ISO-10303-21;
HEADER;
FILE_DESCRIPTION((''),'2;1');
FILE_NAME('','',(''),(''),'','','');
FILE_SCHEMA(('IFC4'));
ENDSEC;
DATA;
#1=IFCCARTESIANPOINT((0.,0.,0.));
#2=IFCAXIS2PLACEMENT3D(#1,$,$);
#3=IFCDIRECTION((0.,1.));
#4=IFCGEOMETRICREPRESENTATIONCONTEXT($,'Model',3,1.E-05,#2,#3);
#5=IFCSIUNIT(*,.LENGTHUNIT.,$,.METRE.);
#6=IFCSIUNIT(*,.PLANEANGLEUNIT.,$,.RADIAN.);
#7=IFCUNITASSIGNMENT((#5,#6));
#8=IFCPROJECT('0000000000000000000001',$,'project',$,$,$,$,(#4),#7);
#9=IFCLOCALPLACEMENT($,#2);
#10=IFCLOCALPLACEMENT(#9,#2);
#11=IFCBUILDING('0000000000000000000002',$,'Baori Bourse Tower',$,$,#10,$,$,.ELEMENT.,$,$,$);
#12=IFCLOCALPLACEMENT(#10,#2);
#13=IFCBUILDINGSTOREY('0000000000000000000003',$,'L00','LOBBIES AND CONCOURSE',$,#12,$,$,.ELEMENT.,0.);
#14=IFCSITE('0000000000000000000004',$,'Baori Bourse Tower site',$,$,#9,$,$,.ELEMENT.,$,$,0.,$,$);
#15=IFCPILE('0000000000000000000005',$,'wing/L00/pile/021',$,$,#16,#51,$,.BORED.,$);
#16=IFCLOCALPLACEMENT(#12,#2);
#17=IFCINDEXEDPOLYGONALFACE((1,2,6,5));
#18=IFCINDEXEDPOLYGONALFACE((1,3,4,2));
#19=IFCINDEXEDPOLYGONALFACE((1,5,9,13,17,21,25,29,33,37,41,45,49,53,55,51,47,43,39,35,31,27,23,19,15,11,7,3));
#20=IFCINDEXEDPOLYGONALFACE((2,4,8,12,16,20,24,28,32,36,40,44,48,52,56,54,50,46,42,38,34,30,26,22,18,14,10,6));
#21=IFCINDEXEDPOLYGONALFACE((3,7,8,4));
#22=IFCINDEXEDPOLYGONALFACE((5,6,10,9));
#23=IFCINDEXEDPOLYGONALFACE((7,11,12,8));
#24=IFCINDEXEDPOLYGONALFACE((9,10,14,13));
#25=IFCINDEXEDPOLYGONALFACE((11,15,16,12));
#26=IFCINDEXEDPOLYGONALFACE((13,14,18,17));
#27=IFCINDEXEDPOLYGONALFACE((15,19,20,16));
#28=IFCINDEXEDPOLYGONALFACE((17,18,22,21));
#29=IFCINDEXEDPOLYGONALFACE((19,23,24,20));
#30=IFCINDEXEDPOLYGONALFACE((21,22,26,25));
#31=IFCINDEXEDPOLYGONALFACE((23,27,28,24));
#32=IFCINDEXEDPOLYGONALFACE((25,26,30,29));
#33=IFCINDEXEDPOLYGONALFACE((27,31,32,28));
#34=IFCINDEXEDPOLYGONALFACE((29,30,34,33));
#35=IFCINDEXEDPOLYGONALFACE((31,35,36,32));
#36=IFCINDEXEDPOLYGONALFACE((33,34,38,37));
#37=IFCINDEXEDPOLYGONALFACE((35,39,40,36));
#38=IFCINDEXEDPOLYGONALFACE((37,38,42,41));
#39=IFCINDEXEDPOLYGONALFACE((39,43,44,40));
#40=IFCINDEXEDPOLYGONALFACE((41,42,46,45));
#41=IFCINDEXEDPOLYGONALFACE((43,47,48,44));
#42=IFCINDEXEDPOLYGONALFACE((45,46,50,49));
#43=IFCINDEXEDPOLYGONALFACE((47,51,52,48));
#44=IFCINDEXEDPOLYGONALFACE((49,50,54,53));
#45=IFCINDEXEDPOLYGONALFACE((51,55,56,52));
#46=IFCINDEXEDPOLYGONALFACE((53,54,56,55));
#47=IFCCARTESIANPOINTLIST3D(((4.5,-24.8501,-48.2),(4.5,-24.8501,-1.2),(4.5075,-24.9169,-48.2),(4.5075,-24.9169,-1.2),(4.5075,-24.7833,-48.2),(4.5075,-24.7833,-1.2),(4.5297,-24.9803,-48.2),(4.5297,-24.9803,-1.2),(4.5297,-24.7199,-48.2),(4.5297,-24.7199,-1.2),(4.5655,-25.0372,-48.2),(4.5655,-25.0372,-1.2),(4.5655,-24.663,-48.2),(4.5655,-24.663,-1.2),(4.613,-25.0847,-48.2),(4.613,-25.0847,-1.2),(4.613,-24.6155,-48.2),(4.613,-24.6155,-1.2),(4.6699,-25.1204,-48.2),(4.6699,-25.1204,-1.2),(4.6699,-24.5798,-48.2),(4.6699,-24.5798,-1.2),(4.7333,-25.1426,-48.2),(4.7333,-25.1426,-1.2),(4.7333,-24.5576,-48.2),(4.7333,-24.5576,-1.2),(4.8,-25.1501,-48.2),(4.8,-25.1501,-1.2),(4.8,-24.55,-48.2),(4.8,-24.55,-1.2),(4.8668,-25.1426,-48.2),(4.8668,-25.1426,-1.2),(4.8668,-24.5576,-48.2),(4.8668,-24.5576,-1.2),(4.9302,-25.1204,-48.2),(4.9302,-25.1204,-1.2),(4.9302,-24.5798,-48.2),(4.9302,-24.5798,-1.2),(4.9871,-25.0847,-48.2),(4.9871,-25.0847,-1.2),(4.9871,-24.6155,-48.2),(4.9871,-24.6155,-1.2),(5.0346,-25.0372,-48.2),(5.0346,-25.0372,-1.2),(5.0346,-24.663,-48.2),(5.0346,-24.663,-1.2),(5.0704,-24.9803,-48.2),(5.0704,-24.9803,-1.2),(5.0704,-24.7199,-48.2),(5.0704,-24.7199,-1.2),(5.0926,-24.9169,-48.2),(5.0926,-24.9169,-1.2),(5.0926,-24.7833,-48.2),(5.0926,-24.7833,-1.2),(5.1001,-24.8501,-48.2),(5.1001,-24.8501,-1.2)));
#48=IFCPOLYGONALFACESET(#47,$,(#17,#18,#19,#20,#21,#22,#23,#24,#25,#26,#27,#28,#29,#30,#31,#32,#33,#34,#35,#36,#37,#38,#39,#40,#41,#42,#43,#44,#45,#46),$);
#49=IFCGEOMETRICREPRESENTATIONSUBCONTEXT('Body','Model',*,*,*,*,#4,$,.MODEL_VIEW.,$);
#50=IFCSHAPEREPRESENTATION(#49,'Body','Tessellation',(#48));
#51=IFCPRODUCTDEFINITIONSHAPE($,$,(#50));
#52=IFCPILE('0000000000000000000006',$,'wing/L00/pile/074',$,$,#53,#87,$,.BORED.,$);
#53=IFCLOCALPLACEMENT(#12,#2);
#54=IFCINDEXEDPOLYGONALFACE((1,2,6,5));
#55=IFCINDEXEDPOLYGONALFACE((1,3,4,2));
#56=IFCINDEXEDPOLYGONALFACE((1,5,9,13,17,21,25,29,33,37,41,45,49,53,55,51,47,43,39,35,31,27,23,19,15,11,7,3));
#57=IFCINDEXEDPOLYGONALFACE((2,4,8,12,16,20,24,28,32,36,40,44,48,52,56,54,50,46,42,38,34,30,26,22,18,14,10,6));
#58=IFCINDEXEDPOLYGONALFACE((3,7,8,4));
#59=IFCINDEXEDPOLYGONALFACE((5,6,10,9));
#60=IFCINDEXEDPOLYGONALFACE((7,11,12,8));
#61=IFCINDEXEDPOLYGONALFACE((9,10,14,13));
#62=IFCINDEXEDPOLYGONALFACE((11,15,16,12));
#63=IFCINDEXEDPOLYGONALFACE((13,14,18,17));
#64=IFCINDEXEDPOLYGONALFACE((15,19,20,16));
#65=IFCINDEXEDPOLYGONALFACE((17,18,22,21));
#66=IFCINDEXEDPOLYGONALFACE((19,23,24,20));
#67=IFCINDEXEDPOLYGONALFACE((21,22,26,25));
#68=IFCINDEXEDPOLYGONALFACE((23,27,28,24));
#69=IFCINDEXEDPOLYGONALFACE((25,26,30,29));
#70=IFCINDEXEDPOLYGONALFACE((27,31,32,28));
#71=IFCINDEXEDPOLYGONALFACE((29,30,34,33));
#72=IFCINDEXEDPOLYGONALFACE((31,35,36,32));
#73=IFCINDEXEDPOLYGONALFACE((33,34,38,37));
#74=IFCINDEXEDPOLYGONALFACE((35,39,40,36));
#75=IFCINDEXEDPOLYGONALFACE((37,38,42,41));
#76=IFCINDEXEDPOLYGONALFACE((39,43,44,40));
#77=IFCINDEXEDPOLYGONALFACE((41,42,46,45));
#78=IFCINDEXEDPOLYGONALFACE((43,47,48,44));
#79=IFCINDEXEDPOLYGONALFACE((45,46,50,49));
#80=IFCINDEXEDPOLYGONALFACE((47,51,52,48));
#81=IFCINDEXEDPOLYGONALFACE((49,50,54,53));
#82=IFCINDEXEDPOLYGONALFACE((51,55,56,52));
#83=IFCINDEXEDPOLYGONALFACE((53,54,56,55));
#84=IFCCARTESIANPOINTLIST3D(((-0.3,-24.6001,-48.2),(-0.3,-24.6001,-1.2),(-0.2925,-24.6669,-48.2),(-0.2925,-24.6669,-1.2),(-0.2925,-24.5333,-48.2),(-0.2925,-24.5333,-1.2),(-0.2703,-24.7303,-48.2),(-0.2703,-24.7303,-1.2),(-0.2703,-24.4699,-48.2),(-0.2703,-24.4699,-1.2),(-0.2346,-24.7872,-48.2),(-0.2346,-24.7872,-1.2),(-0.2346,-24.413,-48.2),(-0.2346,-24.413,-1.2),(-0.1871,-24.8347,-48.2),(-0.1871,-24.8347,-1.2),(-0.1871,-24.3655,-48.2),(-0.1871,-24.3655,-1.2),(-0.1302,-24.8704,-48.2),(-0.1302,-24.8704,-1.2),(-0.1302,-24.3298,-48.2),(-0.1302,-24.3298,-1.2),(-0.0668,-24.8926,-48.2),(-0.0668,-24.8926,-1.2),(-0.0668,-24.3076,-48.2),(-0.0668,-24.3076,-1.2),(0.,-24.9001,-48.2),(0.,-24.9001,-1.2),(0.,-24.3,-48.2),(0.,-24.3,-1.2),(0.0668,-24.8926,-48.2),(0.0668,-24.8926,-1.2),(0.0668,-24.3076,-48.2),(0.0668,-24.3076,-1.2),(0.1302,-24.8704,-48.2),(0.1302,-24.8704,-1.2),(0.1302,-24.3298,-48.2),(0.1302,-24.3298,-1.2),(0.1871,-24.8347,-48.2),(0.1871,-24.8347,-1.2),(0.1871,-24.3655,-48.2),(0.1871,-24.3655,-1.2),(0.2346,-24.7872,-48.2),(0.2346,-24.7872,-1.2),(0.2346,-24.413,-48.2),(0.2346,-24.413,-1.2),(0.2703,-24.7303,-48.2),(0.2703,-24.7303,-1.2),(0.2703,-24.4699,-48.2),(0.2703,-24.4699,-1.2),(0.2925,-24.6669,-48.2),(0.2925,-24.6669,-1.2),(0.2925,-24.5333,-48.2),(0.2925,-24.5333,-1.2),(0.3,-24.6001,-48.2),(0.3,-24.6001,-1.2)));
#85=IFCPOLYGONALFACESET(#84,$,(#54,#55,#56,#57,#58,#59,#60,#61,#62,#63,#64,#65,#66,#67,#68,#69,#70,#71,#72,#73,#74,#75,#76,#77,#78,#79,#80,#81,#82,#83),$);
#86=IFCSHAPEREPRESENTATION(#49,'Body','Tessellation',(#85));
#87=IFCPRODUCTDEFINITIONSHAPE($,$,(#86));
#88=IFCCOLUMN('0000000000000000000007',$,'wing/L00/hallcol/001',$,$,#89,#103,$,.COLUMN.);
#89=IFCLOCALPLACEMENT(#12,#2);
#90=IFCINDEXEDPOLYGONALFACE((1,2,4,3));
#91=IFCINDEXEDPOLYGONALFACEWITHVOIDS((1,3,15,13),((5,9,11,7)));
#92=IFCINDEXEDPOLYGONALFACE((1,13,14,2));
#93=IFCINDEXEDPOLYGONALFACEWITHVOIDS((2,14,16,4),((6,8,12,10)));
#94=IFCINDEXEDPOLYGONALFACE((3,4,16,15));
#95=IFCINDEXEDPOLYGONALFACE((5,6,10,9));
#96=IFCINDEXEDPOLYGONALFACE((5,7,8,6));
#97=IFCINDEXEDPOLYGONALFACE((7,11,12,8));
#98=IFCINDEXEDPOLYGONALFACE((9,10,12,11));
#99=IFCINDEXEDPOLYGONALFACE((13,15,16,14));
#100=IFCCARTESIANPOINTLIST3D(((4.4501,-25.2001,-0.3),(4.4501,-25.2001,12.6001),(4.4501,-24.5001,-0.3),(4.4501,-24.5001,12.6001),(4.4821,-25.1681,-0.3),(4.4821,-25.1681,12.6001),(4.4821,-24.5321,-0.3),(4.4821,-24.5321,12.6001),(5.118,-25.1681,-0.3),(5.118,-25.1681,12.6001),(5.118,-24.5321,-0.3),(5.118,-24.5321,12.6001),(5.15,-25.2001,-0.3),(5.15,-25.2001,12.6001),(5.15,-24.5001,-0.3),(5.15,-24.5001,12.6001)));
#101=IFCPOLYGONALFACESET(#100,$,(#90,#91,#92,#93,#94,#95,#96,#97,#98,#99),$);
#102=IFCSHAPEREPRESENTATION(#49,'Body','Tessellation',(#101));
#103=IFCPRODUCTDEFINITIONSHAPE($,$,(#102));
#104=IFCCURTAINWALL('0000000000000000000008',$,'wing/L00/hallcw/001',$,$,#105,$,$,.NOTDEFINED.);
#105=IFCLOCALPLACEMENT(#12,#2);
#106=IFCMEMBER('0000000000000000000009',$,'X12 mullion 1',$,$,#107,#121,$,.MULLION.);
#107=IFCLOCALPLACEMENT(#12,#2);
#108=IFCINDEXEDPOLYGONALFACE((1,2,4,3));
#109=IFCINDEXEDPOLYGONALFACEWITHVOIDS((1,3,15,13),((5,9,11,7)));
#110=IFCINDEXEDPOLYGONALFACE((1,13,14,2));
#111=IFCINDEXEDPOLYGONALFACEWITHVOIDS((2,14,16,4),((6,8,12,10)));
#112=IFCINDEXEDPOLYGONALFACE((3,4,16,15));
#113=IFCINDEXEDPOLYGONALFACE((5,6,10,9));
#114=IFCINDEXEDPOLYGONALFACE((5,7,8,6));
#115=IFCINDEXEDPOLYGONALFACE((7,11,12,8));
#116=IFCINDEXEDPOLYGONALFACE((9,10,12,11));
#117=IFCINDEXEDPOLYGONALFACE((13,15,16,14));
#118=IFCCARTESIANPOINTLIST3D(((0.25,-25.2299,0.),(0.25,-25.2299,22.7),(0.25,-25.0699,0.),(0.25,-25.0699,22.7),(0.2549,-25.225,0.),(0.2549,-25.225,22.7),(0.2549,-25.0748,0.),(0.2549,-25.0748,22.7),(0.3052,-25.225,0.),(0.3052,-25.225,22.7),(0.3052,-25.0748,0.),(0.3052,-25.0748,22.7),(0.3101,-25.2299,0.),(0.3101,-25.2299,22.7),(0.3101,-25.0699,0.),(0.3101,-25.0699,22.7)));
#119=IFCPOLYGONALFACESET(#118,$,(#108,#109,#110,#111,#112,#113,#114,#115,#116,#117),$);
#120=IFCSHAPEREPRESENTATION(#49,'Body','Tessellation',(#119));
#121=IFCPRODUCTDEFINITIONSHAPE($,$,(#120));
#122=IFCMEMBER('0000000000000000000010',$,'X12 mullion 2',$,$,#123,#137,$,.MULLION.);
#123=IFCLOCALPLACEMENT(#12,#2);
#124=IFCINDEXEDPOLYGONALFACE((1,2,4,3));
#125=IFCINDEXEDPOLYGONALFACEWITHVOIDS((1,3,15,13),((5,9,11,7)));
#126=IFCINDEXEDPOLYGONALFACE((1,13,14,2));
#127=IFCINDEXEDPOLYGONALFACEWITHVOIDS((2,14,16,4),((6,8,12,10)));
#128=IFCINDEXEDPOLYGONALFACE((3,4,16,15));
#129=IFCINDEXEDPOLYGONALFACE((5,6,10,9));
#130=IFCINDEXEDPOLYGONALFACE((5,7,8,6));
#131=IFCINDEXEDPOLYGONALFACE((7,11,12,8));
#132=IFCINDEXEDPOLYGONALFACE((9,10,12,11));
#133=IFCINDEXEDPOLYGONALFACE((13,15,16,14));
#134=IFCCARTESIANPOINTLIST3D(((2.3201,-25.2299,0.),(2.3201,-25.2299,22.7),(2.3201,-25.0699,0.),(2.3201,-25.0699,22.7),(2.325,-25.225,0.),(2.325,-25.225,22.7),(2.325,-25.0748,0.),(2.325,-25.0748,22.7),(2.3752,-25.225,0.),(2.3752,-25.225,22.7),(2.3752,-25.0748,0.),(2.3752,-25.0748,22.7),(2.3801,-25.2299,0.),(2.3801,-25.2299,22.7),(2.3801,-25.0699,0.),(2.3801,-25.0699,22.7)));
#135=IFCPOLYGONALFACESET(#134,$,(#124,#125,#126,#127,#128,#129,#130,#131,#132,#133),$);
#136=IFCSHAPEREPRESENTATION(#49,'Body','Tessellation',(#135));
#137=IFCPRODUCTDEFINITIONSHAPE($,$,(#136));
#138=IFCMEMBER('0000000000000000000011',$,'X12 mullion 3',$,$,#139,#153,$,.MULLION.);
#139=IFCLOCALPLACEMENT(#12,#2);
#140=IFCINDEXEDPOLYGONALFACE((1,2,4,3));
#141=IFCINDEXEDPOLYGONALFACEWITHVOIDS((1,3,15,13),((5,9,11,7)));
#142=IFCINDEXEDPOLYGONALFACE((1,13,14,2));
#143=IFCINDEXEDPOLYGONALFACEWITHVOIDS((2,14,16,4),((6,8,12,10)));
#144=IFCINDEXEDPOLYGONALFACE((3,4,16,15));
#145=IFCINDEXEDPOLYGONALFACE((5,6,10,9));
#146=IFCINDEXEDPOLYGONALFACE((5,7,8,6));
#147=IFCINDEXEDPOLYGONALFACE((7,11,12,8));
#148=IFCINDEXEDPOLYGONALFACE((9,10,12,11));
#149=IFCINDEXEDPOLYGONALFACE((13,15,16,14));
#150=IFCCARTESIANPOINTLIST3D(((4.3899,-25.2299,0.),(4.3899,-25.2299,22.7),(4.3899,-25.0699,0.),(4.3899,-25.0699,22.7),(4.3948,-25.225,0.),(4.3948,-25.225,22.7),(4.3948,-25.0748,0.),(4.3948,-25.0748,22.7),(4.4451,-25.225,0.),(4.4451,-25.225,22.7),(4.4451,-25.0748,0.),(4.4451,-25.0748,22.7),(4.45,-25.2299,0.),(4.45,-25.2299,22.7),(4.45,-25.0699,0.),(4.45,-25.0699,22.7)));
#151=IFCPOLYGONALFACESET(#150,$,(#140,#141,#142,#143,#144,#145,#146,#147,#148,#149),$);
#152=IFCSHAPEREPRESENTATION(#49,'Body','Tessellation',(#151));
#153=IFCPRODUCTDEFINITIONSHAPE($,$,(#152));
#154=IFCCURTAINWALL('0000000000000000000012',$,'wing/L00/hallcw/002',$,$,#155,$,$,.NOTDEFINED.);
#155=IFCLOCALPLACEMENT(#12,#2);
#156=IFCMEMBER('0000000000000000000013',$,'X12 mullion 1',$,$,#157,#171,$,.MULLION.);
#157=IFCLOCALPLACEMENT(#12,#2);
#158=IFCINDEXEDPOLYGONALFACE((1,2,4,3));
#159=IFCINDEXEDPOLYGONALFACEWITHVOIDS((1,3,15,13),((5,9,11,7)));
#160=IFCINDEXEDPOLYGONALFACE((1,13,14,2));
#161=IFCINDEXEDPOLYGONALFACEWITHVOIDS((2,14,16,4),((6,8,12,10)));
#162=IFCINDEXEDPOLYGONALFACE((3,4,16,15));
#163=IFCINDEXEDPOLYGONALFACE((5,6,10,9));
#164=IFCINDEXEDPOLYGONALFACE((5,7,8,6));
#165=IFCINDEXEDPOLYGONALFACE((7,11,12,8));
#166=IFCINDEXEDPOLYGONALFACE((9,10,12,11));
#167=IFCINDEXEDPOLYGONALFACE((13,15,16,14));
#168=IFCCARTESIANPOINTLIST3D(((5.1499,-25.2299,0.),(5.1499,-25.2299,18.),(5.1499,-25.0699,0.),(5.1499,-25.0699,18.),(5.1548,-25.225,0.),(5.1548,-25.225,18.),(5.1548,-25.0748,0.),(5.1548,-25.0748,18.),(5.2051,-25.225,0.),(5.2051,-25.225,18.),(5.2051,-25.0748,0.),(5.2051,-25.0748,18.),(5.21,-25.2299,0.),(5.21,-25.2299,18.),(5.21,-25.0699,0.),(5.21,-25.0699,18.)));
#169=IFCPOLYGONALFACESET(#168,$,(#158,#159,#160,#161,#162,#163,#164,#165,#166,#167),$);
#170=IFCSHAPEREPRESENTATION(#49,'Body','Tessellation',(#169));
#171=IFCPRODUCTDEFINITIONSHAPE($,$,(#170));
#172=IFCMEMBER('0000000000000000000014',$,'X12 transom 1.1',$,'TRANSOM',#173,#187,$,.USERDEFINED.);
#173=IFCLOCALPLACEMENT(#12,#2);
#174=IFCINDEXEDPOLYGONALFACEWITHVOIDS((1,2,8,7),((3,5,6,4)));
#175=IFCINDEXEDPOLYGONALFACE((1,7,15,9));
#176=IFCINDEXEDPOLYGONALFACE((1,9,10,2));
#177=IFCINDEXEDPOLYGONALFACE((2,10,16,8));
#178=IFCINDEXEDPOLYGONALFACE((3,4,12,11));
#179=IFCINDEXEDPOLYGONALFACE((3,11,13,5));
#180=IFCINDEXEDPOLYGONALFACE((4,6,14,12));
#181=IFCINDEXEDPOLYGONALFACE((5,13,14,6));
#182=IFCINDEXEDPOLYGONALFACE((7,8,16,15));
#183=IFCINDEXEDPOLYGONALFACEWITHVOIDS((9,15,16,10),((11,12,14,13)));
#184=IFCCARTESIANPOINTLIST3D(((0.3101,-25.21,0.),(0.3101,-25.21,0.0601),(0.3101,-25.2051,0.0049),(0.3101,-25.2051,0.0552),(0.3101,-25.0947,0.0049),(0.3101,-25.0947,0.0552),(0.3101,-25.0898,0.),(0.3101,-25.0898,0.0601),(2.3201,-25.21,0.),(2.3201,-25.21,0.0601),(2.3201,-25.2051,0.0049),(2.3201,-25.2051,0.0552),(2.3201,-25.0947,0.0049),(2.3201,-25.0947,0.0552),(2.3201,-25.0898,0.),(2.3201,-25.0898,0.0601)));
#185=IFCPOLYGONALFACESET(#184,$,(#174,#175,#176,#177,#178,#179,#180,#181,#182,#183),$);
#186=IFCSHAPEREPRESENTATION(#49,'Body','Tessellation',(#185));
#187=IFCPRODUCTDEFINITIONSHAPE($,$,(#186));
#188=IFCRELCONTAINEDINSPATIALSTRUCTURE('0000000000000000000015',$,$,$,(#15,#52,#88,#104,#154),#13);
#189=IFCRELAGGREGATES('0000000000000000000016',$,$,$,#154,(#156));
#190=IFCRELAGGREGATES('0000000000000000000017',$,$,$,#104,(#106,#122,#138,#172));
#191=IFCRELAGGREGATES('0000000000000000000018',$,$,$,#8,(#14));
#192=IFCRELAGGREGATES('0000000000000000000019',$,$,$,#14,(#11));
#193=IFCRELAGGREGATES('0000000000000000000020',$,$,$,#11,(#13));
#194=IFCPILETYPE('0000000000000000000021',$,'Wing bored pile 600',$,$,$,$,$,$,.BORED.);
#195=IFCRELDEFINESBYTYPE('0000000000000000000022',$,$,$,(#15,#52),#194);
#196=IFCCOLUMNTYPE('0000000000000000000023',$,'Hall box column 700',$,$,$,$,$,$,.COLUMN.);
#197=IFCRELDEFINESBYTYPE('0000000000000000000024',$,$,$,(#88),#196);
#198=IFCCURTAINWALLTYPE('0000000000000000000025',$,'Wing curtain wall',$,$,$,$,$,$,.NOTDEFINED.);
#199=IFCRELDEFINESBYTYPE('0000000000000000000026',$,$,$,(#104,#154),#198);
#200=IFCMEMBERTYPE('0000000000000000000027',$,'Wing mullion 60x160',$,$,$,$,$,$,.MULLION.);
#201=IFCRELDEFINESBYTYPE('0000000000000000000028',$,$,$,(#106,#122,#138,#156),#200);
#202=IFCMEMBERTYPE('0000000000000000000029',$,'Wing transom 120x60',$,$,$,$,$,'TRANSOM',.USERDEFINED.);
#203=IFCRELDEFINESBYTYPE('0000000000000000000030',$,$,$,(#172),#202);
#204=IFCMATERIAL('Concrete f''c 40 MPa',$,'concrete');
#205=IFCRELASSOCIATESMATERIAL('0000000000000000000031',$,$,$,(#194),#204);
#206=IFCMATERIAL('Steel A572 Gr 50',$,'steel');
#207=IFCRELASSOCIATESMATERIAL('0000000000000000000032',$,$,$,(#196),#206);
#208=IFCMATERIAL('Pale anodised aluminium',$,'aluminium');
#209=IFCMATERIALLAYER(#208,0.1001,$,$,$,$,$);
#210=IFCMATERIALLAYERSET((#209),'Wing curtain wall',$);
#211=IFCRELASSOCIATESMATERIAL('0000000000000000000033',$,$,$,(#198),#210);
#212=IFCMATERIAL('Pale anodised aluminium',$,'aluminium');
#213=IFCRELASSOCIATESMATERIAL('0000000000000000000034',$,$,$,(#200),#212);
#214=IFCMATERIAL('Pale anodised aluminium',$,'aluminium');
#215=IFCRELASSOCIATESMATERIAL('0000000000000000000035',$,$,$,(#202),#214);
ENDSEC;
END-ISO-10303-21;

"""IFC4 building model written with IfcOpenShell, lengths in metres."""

from ifc_helpers import new_model, si_unit, direction, frame, origin, origin_2d, place, context, subcontext, project, spatial, hollow_rectangle, circle, extrude, material, layer, layer_set, material_profile, profile_set, type_object, element, aggregate, save


model = new_model("IFC4")

# Units and contexts
model_context = context("Model", 3, precision=1e-05, world=origin(), true_north=direction((0.0, 1.0)))
body_context = subcontext(model_context, "Body", "Model", "MODEL_VIEW")
ifc_project = project(units=[si_unit("LENGTHUNIT", "METRE"), si_unit("PLANEANGLEUNIT", "RADIAN")], contexts=[model_context])

# Site, building, storey
site_placement = place(None, origin())
site = spatial("IfcSite", under=ifc_project, at=site_placement, Name="Baori Bourse Tower site", CompositionType="ELEMENT", RefElevation=0.0)
building_placement = place(site_placement, origin())
building = spatial("IfcBuilding", under=site, at=building_placement, Name="Baori Bourse Tower", CompositionType="ELEMENT")
storey_placement = place(building_placement, origin())
storey = spatial("IfcBuildingStorey", under=building, at=storey_placement, Name="L00", Description="LOBBIES AND CONCOURSE", CompositionType="ELEMENT", Elevation=0.0)

# Piles
ifc_material_1 = material(Name="Concrete f'c 40 MPa", Category="concrete")
ifc_material_profile_1 = material_profile(ifc_material_1, circle(Radius=0.3, at=origin_2d()), Name="Wing bored pile 600")
ifc_profile_set_1 = profile_set([ifc_material_profile_1], Name="Concrete f'c 40 MPa")
pile_type = type_object("IfcPileType", Name="Wing bored pile 600", PredefinedType="BORED", material=ifc_profile_set_1)
for number, where, z_axis, x_axis, name in (
    (1, (4.8, -24.8501, -1.2), (0.0, 0.0, -1.0), (1.0, 0.0, 0.0), "wing/L00/pile/021"),
    (2, (0.0, -24.6001, -1.2), (0.0, 0.0, -1.0), (1.0, 0.0, 0.0), "wing/L00/pile/074"),
):
    element("IfcPile", number, at=place(storey_placement, frame(where, z_axis=z_axis, x_axis=x_axis)), inside=storey, type_object=pile_type, Name=name, PredefinedType="BORED", context=body_context, shape_type="SweptSolid", body=[
        extrude(circle(Radius=0.3, at=origin_2d()), origin(), (0.0, 0.0, 1.0), 47.0),
    ])

# Column
ifc_material_2 = material(Name="Steel A572 Gr 50", Category="steel")
ifc_material_profile_2 = material_profile(ifc_material_2, hollow_rectangle(XDim=0.7, YDim=0.7, WallThickness=0.032, at=origin_2d()), Name="BOX 700x700x32")
ifc_profile_set_2 = profile_set([ifc_material_profile_2], Name="Steel A572 Gr 50")
column_type = type_object("IfcColumnType", Name="Hall box column 700", PredefinedType="COLUMN", material=ifc_profile_set_2)
column_placement = place(storey_placement, frame((4.8, -24.8501, -0.3), z_axis=(0.0, 0.0, 1.0), x_axis=(1.0, 0.0, 0.0)))
element("IfcColumn", 3, at=column_placement, inside=storey, type_object=column_type, Name="wing/L00/hallcol/001", PredefinedType="COLUMN", context=body_context, shape_type="SweptSolid", body=[
    extrude(hollow_rectangle(XDim=0.7, YDim=0.7, WallThickness=0.032, at=origin_2d()), origin(), (0.0, 0.0, 1.0), 12.9001),
])

# Curtain wall, members
ifc_material_3 = material(Name="Pale anodised aluminium", Category="aluminium")
ifc_layer_1 = layer(ifc_material_3, 0.1001)
ifc_layer_set_1 = layer_set([ifc_layer_1], Name="Wing curtain wall")
curtain_wall_type = type_object("IfcCurtainWallType", Name="Wing curtain wall", PredefinedType="NOTDEFINED", material=ifc_layer_set_1)
curtain_wall_1_placement = place(storey_placement, origin())
curtain_wall_1 = element("IfcCurtainWall", 4, at=curtain_wall_1_placement, inside=storey, type_object=curtain_wall_type, Name="wing/L00/hallcw/001", PredefinedType="NOTDEFINED")
ifc_material_4 = material(Name="Pale anodised aluminium", Category="aluminium")
ifc_material_profile_3 = material_profile(ifc_material_4, hollow_rectangle(XDim=0.1599, YDim=0.0601, WallThickness=0.0049, at=origin_2d()), Name="Mullion 160x60x5")
ifc_profile_set_3 = profile_set([ifc_material_profile_3], Name="Pale anodised aluminium")
member_type_1 = type_object("IfcMemberType", Name="Wing mullion 60x160", PredefinedType="MULLION", material=ifc_profile_set_3)
member_1_placement = place(storey_placement, frame((0.28, -25.1499, 0.0), z_axis=(0.0, 0.0, 1.0), x_axis=(0.0, 1.0, 0.0)))
member_1 = element("IfcMember", 5, at=member_1_placement, type_object=member_type_1, Name="X12 mullion 1", PredefinedType="MULLION", context=body_context, shape_type="SweptSolid", body=[
    extrude(hollow_rectangle(XDim=0.1599, YDim=0.0601, WallThickness=0.0049, at=origin_2d()), origin(), (0.0, 0.0, 1.0), 22.7),
])
member_2_placement = place(storey_placement, frame((2.3501, -25.1499, 0.0), z_axis=(0.0, 0.0, 1.0), x_axis=(0.0, 1.0, 0.0)))
member_2 = element("IfcMember", 6, at=member_2_placement, type_object=member_type_1, Name="X12 mullion 2", PredefinedType="MULLION", context=body_context, shape_type="SweptSolid", body=[
    extrude(hollow_rectangle(XDim=0.1599, YDim=0.0601, WallThickness=0.0049, at=origin_2d()), origin(), (0.0, 0.0, 1.0), 22.7),
])
member_3_placement = place(storey_placement, frame((4.4199, -25.1499, 0.0), z_axis=(0.0, 0.0, 1.0), x_axis=(0.0, 1.0, 0.0)))
member_3 = element("IfcMember", 7, at=member_3_placement, type_object=member_type_1, Name="X12 mullion 3", PredefinedType="MULLION", context=body_context, shape_type="SweptSolid", body=[
    extrude(hollow_rectangle(XDim=0.1599, YDim=0.0601, WallThickness=0.0049, at=origin_2d()), origin(), (0.0, 0.0, 1.0), 22.7),
])

# Curtain wall, member
curtain_wall_2_placement = place(storey_placement, origin())
curtain_wall_2 = element("IfcCurtainWall", 8, at=curtain_wall_2_placement, inside=storey, type_object=curtain_wall_type, Name="wing/L00/hallcw/002", PredefinedType="NOTDEFINED")
member_4_placement = place(storey_placement, frame((5.1799, -25.1499, 0.0), z_axis=(0.0, 0.0, 1.0), x_axis=(0.0, 1.0, 0.0)))
member_4 = element("IfcMember", 9, at=member_4_placement, type_object=member_type_1, Name="X12 mullion 1", PredefinedType="MULLION", context=body_context, shape_type="SweptSolid", body=[
    extrude(hollow_rectangle(XDim=0.1599, YDim=0.0601, WallThickness=0.0049, at=origin_2d()), origin(), (0.0, 0.0, 1.0), 18.0),
])

# Member
ifc_material_5 = material(Name="Pale anodised aluminium", Category="aluminium")
ifc_material_profile_4 = material_profile(ifc_material_5, hollow_rectangle(XDim=0.1201, YDim=0.0601, WallThickness=0.0049, at=origin_2d()), Name="Transom 120x60x5")
ifc_profile_set_4 = profile_set([ifc_material_profile_4], Name="Pale anodised aluminium")
member_type_2 = type_object("IfcMemberType", Name="Wing transom 120x60", ElementType="TRANSOM", PredefinedType="USERDEFINED", material=ifc_profile_set_4)
member_5_placement = place(storey_placement, frame((0.3101, -25.1499, 0.03), z_axis=(1.0, 0.0, 0.0), x_axis=(0.0, 1.0, 0.0)))
member_5 = element("IfcMember", 10, at=member_5_placement, type_object=member_type_2, Name="X12 transom 1.1", ObjectType="TRANSOM", PredefinedType="USERDEFINED", context=body_context, shape_type="SweptSolid", body=[
    extrude(hollow_rectangle(XDim=0.1201, YDim=0.0601, WallThickness=0.0049, at=origin_2d()), origin(), (0.0, 0.0, 1.0), 2.01),
])
aggregate(curtain_wall_2, [member_4])

aggregate(curtain_wall_1, [member_1, member_2, member_3, member_5])

save(model, "model.ifc")
